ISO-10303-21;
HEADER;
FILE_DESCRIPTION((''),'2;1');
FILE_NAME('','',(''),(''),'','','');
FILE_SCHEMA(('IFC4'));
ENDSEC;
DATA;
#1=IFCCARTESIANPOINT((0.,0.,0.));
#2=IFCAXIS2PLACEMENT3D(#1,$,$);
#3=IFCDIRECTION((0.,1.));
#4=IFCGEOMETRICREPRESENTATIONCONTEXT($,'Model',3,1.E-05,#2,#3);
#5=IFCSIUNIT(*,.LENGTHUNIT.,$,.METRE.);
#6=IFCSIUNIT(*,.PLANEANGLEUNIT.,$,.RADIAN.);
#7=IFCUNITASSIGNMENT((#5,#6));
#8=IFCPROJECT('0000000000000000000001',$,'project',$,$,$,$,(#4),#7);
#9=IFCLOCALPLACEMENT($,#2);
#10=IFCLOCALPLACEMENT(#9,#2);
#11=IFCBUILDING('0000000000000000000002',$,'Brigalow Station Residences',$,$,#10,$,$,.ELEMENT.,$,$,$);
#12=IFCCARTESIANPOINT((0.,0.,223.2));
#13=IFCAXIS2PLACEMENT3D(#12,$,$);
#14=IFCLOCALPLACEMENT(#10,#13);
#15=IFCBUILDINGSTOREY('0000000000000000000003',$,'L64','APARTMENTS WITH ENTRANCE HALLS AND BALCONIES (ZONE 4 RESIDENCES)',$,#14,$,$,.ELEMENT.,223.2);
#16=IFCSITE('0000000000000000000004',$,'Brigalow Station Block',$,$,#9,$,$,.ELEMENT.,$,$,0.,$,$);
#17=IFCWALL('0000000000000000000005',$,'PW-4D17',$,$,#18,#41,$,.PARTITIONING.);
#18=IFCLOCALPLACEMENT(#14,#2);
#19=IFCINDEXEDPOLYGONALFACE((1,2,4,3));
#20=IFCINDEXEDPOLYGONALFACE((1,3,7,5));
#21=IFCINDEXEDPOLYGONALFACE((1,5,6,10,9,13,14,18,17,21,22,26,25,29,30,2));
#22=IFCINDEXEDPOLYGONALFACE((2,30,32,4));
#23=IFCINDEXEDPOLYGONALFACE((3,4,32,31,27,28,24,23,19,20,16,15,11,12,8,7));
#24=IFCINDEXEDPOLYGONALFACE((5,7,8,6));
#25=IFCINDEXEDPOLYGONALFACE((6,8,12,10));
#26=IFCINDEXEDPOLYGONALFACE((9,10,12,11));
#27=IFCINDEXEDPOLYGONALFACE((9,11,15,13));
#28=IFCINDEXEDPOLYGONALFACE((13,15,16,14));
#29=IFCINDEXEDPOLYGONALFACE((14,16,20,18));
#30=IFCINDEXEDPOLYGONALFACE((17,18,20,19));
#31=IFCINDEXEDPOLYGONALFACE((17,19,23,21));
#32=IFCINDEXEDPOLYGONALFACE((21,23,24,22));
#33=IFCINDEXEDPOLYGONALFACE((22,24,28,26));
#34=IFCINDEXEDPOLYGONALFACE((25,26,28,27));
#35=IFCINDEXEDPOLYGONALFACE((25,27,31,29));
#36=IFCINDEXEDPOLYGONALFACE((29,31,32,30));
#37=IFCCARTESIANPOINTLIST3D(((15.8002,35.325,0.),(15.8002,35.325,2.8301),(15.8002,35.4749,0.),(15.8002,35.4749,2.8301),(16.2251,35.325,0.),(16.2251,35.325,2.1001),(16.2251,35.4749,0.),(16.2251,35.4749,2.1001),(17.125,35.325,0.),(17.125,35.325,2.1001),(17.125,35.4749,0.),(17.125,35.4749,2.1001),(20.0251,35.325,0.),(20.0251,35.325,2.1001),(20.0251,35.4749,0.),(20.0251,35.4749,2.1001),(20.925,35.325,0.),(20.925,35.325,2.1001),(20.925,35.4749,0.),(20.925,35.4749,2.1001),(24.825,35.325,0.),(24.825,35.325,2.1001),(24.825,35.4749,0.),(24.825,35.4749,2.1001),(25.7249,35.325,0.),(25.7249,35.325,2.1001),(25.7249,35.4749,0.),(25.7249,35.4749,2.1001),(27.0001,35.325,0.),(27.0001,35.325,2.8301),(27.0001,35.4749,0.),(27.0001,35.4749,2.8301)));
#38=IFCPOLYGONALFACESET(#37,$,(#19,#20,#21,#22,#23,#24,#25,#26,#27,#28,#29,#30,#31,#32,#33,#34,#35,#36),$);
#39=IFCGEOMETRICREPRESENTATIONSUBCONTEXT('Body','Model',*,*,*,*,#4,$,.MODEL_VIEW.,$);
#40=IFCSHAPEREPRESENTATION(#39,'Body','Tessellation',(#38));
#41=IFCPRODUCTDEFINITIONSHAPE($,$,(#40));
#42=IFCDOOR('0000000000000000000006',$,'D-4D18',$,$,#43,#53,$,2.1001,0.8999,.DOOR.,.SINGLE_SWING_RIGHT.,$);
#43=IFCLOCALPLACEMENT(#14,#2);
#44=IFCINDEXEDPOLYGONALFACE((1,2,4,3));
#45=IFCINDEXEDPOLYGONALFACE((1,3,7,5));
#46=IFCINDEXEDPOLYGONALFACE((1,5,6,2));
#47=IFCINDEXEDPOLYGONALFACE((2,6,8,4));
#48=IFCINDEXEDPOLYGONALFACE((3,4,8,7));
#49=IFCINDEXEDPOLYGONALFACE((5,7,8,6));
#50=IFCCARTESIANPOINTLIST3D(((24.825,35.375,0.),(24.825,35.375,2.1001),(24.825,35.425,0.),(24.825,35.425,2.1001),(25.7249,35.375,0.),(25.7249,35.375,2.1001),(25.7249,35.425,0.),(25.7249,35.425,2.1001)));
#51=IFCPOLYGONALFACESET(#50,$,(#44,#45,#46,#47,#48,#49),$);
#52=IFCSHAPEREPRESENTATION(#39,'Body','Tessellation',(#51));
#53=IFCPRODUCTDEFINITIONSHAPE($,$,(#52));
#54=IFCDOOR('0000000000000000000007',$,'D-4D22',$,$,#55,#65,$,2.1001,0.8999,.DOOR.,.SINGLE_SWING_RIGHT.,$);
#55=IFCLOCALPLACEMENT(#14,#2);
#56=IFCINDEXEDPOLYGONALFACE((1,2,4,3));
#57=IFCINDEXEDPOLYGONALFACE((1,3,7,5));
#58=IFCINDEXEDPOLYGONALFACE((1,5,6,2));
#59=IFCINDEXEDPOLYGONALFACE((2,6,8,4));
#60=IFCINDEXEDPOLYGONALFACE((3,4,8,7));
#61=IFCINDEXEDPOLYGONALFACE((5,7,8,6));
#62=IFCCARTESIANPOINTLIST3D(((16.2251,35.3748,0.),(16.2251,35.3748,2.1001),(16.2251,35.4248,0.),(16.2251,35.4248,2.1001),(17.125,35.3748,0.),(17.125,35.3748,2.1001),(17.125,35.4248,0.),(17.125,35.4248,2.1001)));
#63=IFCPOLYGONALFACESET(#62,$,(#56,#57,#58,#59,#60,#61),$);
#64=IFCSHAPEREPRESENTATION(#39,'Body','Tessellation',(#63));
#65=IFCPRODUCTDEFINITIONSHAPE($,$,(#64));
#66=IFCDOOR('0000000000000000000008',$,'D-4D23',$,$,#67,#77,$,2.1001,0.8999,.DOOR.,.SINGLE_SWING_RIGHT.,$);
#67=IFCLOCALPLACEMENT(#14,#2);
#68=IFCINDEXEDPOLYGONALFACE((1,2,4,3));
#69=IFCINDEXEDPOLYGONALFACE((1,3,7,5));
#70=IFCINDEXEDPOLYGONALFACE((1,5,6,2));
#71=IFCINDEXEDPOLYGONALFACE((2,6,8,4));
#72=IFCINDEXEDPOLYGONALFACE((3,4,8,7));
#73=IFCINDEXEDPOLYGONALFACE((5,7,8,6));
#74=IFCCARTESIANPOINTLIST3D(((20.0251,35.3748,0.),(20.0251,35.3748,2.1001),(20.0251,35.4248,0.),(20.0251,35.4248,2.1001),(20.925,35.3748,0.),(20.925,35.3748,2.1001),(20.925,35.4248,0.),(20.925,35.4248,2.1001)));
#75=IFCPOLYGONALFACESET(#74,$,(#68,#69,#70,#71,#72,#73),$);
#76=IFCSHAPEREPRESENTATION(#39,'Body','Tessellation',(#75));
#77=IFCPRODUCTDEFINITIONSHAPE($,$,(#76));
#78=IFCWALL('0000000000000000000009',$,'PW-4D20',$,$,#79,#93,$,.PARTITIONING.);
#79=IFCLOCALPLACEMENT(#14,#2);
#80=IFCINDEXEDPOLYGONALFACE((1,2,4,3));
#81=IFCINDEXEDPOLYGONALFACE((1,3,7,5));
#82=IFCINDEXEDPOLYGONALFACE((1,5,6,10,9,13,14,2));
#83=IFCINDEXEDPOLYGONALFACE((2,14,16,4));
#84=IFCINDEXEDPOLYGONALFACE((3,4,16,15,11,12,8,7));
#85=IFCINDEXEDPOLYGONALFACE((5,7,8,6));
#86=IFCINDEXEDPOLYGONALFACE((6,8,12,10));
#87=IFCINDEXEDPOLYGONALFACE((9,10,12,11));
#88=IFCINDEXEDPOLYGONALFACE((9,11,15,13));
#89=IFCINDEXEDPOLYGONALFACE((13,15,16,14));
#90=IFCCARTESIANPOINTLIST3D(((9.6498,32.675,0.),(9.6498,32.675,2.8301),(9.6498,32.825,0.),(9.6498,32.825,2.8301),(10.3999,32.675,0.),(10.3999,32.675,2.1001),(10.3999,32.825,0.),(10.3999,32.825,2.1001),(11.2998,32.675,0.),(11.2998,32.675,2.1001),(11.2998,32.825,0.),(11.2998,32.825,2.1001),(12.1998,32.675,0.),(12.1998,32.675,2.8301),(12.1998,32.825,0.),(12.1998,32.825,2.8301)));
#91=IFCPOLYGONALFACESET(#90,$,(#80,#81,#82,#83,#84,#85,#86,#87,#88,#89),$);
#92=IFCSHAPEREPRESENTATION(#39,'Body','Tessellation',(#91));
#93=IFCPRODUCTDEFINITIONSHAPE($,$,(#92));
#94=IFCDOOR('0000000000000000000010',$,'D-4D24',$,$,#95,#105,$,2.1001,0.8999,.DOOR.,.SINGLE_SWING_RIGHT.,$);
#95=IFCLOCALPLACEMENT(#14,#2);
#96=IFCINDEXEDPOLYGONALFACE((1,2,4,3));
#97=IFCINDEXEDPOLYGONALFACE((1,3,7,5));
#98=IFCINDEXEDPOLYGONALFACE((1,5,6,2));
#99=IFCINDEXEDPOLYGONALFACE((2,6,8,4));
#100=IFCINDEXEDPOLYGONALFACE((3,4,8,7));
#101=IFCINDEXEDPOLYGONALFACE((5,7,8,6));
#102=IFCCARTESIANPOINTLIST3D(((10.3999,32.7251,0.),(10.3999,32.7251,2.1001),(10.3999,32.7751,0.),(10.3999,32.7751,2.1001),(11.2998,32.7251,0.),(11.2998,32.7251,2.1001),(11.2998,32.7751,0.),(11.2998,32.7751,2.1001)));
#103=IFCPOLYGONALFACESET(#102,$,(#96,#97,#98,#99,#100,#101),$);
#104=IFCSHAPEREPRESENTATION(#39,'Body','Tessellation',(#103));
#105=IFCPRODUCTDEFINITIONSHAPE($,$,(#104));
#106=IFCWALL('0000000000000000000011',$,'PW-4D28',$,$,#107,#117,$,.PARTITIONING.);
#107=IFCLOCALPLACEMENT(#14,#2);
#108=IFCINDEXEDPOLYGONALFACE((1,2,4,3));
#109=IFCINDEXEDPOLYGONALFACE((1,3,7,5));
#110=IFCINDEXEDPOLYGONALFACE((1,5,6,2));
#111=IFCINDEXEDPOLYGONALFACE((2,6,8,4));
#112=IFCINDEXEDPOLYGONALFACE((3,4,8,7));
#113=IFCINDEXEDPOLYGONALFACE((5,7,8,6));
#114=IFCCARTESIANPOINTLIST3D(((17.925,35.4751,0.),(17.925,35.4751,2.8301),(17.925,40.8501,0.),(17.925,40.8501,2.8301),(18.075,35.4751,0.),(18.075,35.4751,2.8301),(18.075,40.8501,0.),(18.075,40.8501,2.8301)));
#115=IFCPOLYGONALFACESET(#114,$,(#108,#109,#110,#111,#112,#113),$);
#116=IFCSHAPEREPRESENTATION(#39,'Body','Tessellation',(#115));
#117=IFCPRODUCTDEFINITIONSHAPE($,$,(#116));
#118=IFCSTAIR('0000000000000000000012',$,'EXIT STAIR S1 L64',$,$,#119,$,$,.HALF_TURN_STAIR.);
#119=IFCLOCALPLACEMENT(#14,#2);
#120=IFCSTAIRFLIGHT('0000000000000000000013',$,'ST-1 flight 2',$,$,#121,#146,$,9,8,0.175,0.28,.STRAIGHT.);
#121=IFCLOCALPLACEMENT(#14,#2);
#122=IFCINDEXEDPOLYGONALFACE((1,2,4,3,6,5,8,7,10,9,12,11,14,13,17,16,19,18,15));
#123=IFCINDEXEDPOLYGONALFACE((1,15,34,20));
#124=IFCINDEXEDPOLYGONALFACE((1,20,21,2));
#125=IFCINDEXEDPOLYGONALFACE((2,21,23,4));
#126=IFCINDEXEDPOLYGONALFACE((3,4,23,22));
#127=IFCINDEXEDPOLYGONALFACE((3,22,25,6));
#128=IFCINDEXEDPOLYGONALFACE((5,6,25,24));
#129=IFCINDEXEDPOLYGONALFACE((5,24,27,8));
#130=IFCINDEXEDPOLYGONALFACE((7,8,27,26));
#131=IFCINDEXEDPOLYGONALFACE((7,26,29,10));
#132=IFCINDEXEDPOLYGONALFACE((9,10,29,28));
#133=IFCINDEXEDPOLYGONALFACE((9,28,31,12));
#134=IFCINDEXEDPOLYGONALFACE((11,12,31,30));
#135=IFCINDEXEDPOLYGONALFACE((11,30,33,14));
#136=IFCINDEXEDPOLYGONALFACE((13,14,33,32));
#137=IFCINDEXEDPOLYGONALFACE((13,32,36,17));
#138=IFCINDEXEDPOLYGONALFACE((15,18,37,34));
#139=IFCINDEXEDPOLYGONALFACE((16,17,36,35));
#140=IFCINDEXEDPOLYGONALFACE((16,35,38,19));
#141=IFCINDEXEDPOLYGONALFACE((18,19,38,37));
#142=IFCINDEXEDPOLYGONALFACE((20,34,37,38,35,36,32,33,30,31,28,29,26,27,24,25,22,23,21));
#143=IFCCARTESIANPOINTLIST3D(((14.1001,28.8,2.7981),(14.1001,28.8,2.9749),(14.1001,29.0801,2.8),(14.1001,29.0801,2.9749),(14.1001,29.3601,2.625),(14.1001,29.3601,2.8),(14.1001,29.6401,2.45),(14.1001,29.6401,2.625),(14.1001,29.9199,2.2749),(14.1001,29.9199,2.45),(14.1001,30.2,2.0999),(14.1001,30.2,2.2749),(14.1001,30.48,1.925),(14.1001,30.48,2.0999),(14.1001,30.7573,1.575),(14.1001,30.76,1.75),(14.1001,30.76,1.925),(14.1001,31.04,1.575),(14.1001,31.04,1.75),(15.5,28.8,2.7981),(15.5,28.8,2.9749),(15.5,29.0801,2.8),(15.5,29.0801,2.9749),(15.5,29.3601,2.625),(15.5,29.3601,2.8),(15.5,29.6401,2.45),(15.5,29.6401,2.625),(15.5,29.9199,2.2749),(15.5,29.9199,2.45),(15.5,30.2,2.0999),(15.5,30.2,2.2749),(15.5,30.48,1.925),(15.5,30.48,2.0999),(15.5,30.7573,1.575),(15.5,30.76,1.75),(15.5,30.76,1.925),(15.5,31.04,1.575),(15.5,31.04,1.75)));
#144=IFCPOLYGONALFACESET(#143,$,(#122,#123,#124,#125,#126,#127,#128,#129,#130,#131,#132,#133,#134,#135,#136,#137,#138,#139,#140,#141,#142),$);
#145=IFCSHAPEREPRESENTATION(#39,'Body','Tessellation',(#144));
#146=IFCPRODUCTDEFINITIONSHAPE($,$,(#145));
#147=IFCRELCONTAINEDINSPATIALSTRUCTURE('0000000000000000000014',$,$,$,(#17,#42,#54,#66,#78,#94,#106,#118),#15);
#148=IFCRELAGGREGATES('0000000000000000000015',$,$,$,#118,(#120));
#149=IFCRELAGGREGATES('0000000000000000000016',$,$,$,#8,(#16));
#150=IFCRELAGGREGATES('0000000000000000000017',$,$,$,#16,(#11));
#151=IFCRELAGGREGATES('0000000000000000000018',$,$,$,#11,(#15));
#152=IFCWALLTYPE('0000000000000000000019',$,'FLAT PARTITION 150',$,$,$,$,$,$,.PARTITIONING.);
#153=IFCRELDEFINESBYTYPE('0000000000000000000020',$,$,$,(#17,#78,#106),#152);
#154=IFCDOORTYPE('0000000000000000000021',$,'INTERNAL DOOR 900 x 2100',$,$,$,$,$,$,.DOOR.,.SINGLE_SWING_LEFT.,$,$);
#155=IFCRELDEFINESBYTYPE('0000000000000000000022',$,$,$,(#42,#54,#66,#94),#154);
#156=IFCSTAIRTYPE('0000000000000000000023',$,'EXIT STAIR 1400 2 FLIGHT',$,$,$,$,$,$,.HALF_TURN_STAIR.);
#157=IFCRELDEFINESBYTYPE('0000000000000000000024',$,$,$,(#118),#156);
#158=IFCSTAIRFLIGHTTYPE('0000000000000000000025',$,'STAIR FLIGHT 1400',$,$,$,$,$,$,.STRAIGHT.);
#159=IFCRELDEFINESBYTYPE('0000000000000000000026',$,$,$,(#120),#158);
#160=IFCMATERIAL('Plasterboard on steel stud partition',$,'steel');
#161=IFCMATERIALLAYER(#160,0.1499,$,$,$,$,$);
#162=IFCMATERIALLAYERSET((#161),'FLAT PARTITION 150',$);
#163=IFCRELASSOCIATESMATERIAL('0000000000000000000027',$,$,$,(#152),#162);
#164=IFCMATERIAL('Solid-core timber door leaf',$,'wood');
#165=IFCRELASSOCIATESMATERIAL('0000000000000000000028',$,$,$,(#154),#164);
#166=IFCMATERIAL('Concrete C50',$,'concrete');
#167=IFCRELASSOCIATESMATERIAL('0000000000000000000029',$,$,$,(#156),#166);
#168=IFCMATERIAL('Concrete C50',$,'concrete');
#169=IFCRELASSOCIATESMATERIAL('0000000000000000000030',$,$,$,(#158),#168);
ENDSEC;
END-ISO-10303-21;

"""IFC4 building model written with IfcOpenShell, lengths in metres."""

from ifc_helpers import new_model, si_unit, direction, frame, frame_2d, origin, place, context, subcontext, project, spatial, polyline, rectangle, outline, extrude, material, layer, layer_set, type_object, element, fill, aggregate, save


model = new_model("IFC4")

# Units and contexts
model_context = context("Model", 3, precision=1e-05, world=origin(), true_north=direction((0.0, 1.0)))
body_context = subcontext(model_context, "Body", "Model", "MODEL_VIEW")
ifc_project = project(units=[si_unit("LENGTHUNIT", "METRE"), si_unit("PLANEANGLEUNIT", "RADIAN")], contexts=[model_context])

# Site, building, storey
site_placement = place(None, origin())
site = spatial("IfcSite", under=ifc_project, at=site_placement, Name="Brigalow Station Block", CompositionType="ELEMENT", RefElevation=0.0)
building_placement = place(site_placement, origin())
building = spatial("IfcBuilding", under=site, at=building_placement, Name="Brigalow Station Residences", CompositionType="ELEMENT")
storey_placement = place(building_placement, frame((0.0, 0.0, 223.2)))
storey = spatial("IfcBuildingStorey", under=building, at=storey_placement, Name="L64", Description="APARTMENTS WITH ENTRANCE HALLS AND BALCONIES (ZONE 4 RESIDENCES)", CompositionType="ELEMENT", Elevation=223.2)

# Wall, openings, doors
ifc_material_1 = material(Name="Plasterboard on steel stud partition", Category="steel")
ifc_layer_1 = layer(ifc_material_1, 0.1499)
ifc_layer_set_1 = layer_set([ifc_layer_1], Name="FLAT PARTITION 150")
wall_type_1 = type_object("IfcWallType", Name="FLAT PARTITION 150", PredefinedType="PARTITIONING", material=ifc_layer_set_1)
wall_1_placement = place(storey_placement, frame((15.8, 35.3999, 0.0), z_axis=(0.0, 0.0, 1.0), x_axis=(1.0, 0.0, 0.0)))
wall_1 = element("IfcWall", 1, at=wall_1_placement, inside=storey, type_object=wall_type_1, Name="PW-4D17", PredefinedType="PARTITIONING", context=body_context, shape_type="SweptSolid", body=[
    extrude(rectangle(XDim=11.2, YDim=0.1499, at=frame_2d((5.6001, 0.0))), origin(), (0.0, 0.0, 1.0), 2.8301),
])
opening_1_placement = place(wall_1_placement, frame((9.0249, 0.0, 0.0)))
opening_1 = element("IfcOpeningElement", 2, at=opening_1_placement, cuts=wall_1, PredefinedType="OPENING", context=body_context, shape_type="SweptSolid", body=[
    extrude(rectangle(XDim=0.8999, YDim=2.1001, at=frame_2d((0.45, 1.05))), frame((0.0, 0.085, 0.0), z_axis=(0.0, -1.0, 0.0), x_axis=(1.0, 0.0, 0.0)), (0.0, 0.0, 1.0), 0.1699),
])
opening_2_placement = place(wall_1_placement, frame((0.425, 0.0, 0.0)))
opening_2 = element("IfcOpeningElement", 3, at=opening_2_placement, cuts=wall_1, PredefinedType="OPENING", context=body_context, shape_type="SweptSolid", body=[
    extrude(rectangle(XDim=0.8999, YDim=2.1001, at=frame_2d((0.45, 1.05))), frame((0.0, 0.085, 0.0), z_axis=(0.0, -1.0, 0.0), x_axis=(1.0, 0.0, 0.0)), (0.0, 0.0, 1.0), 0.1699),
])
opening_3_placement = place(wall_1_placement, frame((4.2251, 0.0, 0.0)))
opening_3 = element("IfcOpeningElement", 4, at=opening_3_placement, cuts=wall_1, PredefinedType="OPENING", context=body_context, shape_type="SweptSolid", body=[
    extrude(rectangle(XDim=0.8999, YDim=2.1001, at=frame_2d((0.45, 1.05))), frame((0.0, 0.085, 0.0), z_axis=(0.0, -1.0, 0.0), x_axis=(1.0, 0.0, 0.0)), (0.0, 0.0, 1.0), 0.1699),
])
ifc_material_2 = material(Name="Solid-core timber door leaf", Category="wood")
door_type_1 = type_object("IfcDoorType", Name="INTERNAL DOOR 900 x 2100", OperationType="SINGLE_SWING_LEFT", PredefinedType="DOOR", material=ifc_material_2)
door_1_placement = place(opening_1_placement, frame((0.8999, 0.0, 0.0), z_axis=(0.0, 0.0, 1.0), x_axis=(-1.0, 0.0, 0.0)))
door_1 = element("IfcDoor", 5, at=door_1_placement, inside=storey, type_object=door_type_1, Name="D-4D18", OperationType="SINGLE_SWING_RIGHT", OverallHeight=2.1001, OverallWidth=0.8999, PredefinedType="DOOR", context=body_context, shape_type="SweptSolid", body=[
    extrude(rectangle(XDim=0.8999, YDim=2.1001, at=frame_2d((0.45, 1.05))), frame((0.0, 0.0249, 0.0), z_axis=(0.0, -1.0, 0.0), x_axis=(1.0, 0.0, 0.0)), (0.0, 0.0, 1.0), 0.05),
])
fill(opening_1, door_1)
door_2_placement = place(opening_2_placement, origin())
door_2 = element("IfcDoor", 6, at=door_2_placement, inside=storey, type_object=door_type_1, Name="D-4D22", OperationType="SINGLE_SWING_RIGHT", OverallHeight=2.1001, OverallWidth=0.8999, PredefinedType="DOOR", context=body_context, shape_type="SweptSolid", body=[
    extrude(rectangle(XDim=0.8999, YDim=2.1001, at=frame_2d((0.45, 1.05))), frame((0.0, 0.0249, 0.0), z_axis=(0.0, -1.0, 0.0), x_axis=(1.0, 0.0, 0.0)), (0.0, 0.0, 1.0), 0.05),
])
fill(opening_2, door_2)
door_3_placement = place(opening_3_placement, origin())
door_3 = element("IfcDoor", 7, at=door_3_placement, inside=storey, type_object=door_type_1, Name="D-4D23", OperationType="SINGLE_SWING_RIGHT", OverallHeight=2.1001, OverallWidth=0.8999, PredefinedType="DOOR", context=body_context, shape_type="SweptSolid", body=[
    extrude(rectangle(XDim=0.8999, YDim=2.1001, at=frame_2d((0.45, 1.05))), frame((0.0, 0.0249, 0.0), z_axis=(0.0, -1.0, 0.0), x_axis=(1.0, 0.0, 0.0)), (0.0, 0.0, 1.0), 0.05),
])
fill(opening_3, door_3)

# Wall, opening, door
wall_2_placement = place(storey_placement, frame((9.6499, 32.75, 0.0), z_axis=(0.0, 0.0, 1.0), x_axis=(1.0, 0.0, 0.0)))
wall_2 = element("IfcWall", 8, at=wall_2_placement, inside=storey, type_object=wall_type_1, Name="PW-4D20", PredefinedType="PARTITIONING", context=body_context, shape_type="SweptSolid", body=[
    extrude(rectangle(XDim=2.55, YDim=0.1499, at=frame_2d((1.2749, 0.0))), origin(), (0.0, 0.0, 1.0), 2.8301),
])
opening_4_placement = place(wall_2_placement, frame((0.75, 0.0, 0.0)))
opening_4 = element("IfcOpeningElement", 9, at=opening_4_placement, cuts=wall_2, PredefinedType="OPENING", context=body_context, shape_type="SweptSolid", body=[
    extrude(rectangle(XDim=0.8999, YDim=2.1001, at=frame_2d((0.45, 1.05))), frame((0.0, 0.085, 0.0), z_axis=(0.0, -1.0, 0.0), x_axis=(1.0, 0.0, 0.0)), (0.0, 0.0, 1.0), 0.1699),
])
door_4_placement = place(opening_4_placement, frame((0.8999, 0.0, 0.0), z_axis=(0.0, 0.0, 1.0), x_axis=(-1.0, 0.0, 0.0)))
door_4 = element("IfcDoor", 10, at=door_4_placement, inside=storey, type_object=door_type_1, Name="D-4D24", OperationType="SINGLE_SWING_RIGHT", OverallHeight=2.1001, OverallWidth=0.8999, PredefinedType="DOOR", context=body_context, shape_type="SweptSolid", body=[
    extrude(rectangle(XDim=0.8999, YDim=2.1001, at=frame_2d((0.45, 1.05))), frame((0.0, 0.0249, 0.0), z_axis=(0.0, -1.0, 0.0), x_axis=(1.0, 0.0, 0.0)), (0.0, 0.0, 1.0), 0.05),
])
fill(opening_4, door_4)

# Wall
wall_3_placement = place(storey_placement, frame((18.0, 35.4751, 0.0), z_axis=(0.0, 0.0, 1.0), x_axis=(0.0, 1.0, 0.0)))
element("IfcWall", 11, at=wall_3_placement, inside=storey, type_object=wall_type_1, Name="PW-4D28", PredefinedType="PARTITIONING", context=body_context, shape_type="SweptSolid", body=[
    extrude(rectangle(XDim=5.375, YDim=0.1499, at=frame_2d((2.6875, 0.0))), origin(), (0.0, 0.0, 1.0), 2.8301),
])

# Stair, stair flight
ifc_material_3 = material(Name="Concrete C50", Category="concrete")
stair_type = type_object("IfcStairType", Name="EXIT STAIR 1400 2 FLIGHT", PredefinedType="HALF_TURN_STAIR", material=ifc_material_3)
stair_placement = place(storey_placement, origin())
stair = element("IfcStair", 12, at=stair_placement, inside=storey, type_object=stair_type, Name="EXIT STAIR S1 L64", PredefinedType="HALF_TURN_STAIR")
ifc_material_4 = material(Name="Concrete C50", Category="concrete")
stair_flight_type = type_object("IfcStairFlightType", Name="STAIR FLIGHT 1400", PredefinedType="STRAIGHT", material=ifc_material_4)
stair_flight_placement = place(storey_placement, frame((14.8, 31.04, 1.575), z_axis=(0.0, 0.0, 1.0), x_axis=(0.0, -1.0, 0.0)))
stair_flight = element("IfcStairFlight", 13, at=stair_flight_placement, type_object=stair_flight_type, Name="ST-1 flight 2", NumberOfRisers=9, NumberOfTreads=8, PredefinedType="STRAIGHT", RiserHeight=0.175, TreadLength=0.28, context=body_context, shape_type="SweptSolid", body=[
    extrude(outline(polyline([(0.0, 0.0), (0.0, 0.175), (0.28, 0.175), (0.28, 0.3501), (0.5601, 0.3501), (0.5601, 0.5249), (0.8401, 0.5249), (0.8401, 0.7), (1.1201, 0.7), (1.1201, 0.875), (1.3999, 0.875), (1.3999, 1.05), (1.6799, 1.05), (1.6799, 1.2251), (1.96, 1.2251), (1.96, 1.3999), (2.24, 1.3999), (2.24, 1.575), (2.24, 1.2231), (0.2827, 0.0), (0.0, 0.0)])), frame((0.0, 0.7, 0.0), z_axis=(0.0, -1.0, 0.0), x_axis=(1.0, 0.0, 0.0)), (0.0, 0.0, 1.0), 1.3999),
])
aggregate(stair, [stair_flight])

save(model, "model.ifc")
